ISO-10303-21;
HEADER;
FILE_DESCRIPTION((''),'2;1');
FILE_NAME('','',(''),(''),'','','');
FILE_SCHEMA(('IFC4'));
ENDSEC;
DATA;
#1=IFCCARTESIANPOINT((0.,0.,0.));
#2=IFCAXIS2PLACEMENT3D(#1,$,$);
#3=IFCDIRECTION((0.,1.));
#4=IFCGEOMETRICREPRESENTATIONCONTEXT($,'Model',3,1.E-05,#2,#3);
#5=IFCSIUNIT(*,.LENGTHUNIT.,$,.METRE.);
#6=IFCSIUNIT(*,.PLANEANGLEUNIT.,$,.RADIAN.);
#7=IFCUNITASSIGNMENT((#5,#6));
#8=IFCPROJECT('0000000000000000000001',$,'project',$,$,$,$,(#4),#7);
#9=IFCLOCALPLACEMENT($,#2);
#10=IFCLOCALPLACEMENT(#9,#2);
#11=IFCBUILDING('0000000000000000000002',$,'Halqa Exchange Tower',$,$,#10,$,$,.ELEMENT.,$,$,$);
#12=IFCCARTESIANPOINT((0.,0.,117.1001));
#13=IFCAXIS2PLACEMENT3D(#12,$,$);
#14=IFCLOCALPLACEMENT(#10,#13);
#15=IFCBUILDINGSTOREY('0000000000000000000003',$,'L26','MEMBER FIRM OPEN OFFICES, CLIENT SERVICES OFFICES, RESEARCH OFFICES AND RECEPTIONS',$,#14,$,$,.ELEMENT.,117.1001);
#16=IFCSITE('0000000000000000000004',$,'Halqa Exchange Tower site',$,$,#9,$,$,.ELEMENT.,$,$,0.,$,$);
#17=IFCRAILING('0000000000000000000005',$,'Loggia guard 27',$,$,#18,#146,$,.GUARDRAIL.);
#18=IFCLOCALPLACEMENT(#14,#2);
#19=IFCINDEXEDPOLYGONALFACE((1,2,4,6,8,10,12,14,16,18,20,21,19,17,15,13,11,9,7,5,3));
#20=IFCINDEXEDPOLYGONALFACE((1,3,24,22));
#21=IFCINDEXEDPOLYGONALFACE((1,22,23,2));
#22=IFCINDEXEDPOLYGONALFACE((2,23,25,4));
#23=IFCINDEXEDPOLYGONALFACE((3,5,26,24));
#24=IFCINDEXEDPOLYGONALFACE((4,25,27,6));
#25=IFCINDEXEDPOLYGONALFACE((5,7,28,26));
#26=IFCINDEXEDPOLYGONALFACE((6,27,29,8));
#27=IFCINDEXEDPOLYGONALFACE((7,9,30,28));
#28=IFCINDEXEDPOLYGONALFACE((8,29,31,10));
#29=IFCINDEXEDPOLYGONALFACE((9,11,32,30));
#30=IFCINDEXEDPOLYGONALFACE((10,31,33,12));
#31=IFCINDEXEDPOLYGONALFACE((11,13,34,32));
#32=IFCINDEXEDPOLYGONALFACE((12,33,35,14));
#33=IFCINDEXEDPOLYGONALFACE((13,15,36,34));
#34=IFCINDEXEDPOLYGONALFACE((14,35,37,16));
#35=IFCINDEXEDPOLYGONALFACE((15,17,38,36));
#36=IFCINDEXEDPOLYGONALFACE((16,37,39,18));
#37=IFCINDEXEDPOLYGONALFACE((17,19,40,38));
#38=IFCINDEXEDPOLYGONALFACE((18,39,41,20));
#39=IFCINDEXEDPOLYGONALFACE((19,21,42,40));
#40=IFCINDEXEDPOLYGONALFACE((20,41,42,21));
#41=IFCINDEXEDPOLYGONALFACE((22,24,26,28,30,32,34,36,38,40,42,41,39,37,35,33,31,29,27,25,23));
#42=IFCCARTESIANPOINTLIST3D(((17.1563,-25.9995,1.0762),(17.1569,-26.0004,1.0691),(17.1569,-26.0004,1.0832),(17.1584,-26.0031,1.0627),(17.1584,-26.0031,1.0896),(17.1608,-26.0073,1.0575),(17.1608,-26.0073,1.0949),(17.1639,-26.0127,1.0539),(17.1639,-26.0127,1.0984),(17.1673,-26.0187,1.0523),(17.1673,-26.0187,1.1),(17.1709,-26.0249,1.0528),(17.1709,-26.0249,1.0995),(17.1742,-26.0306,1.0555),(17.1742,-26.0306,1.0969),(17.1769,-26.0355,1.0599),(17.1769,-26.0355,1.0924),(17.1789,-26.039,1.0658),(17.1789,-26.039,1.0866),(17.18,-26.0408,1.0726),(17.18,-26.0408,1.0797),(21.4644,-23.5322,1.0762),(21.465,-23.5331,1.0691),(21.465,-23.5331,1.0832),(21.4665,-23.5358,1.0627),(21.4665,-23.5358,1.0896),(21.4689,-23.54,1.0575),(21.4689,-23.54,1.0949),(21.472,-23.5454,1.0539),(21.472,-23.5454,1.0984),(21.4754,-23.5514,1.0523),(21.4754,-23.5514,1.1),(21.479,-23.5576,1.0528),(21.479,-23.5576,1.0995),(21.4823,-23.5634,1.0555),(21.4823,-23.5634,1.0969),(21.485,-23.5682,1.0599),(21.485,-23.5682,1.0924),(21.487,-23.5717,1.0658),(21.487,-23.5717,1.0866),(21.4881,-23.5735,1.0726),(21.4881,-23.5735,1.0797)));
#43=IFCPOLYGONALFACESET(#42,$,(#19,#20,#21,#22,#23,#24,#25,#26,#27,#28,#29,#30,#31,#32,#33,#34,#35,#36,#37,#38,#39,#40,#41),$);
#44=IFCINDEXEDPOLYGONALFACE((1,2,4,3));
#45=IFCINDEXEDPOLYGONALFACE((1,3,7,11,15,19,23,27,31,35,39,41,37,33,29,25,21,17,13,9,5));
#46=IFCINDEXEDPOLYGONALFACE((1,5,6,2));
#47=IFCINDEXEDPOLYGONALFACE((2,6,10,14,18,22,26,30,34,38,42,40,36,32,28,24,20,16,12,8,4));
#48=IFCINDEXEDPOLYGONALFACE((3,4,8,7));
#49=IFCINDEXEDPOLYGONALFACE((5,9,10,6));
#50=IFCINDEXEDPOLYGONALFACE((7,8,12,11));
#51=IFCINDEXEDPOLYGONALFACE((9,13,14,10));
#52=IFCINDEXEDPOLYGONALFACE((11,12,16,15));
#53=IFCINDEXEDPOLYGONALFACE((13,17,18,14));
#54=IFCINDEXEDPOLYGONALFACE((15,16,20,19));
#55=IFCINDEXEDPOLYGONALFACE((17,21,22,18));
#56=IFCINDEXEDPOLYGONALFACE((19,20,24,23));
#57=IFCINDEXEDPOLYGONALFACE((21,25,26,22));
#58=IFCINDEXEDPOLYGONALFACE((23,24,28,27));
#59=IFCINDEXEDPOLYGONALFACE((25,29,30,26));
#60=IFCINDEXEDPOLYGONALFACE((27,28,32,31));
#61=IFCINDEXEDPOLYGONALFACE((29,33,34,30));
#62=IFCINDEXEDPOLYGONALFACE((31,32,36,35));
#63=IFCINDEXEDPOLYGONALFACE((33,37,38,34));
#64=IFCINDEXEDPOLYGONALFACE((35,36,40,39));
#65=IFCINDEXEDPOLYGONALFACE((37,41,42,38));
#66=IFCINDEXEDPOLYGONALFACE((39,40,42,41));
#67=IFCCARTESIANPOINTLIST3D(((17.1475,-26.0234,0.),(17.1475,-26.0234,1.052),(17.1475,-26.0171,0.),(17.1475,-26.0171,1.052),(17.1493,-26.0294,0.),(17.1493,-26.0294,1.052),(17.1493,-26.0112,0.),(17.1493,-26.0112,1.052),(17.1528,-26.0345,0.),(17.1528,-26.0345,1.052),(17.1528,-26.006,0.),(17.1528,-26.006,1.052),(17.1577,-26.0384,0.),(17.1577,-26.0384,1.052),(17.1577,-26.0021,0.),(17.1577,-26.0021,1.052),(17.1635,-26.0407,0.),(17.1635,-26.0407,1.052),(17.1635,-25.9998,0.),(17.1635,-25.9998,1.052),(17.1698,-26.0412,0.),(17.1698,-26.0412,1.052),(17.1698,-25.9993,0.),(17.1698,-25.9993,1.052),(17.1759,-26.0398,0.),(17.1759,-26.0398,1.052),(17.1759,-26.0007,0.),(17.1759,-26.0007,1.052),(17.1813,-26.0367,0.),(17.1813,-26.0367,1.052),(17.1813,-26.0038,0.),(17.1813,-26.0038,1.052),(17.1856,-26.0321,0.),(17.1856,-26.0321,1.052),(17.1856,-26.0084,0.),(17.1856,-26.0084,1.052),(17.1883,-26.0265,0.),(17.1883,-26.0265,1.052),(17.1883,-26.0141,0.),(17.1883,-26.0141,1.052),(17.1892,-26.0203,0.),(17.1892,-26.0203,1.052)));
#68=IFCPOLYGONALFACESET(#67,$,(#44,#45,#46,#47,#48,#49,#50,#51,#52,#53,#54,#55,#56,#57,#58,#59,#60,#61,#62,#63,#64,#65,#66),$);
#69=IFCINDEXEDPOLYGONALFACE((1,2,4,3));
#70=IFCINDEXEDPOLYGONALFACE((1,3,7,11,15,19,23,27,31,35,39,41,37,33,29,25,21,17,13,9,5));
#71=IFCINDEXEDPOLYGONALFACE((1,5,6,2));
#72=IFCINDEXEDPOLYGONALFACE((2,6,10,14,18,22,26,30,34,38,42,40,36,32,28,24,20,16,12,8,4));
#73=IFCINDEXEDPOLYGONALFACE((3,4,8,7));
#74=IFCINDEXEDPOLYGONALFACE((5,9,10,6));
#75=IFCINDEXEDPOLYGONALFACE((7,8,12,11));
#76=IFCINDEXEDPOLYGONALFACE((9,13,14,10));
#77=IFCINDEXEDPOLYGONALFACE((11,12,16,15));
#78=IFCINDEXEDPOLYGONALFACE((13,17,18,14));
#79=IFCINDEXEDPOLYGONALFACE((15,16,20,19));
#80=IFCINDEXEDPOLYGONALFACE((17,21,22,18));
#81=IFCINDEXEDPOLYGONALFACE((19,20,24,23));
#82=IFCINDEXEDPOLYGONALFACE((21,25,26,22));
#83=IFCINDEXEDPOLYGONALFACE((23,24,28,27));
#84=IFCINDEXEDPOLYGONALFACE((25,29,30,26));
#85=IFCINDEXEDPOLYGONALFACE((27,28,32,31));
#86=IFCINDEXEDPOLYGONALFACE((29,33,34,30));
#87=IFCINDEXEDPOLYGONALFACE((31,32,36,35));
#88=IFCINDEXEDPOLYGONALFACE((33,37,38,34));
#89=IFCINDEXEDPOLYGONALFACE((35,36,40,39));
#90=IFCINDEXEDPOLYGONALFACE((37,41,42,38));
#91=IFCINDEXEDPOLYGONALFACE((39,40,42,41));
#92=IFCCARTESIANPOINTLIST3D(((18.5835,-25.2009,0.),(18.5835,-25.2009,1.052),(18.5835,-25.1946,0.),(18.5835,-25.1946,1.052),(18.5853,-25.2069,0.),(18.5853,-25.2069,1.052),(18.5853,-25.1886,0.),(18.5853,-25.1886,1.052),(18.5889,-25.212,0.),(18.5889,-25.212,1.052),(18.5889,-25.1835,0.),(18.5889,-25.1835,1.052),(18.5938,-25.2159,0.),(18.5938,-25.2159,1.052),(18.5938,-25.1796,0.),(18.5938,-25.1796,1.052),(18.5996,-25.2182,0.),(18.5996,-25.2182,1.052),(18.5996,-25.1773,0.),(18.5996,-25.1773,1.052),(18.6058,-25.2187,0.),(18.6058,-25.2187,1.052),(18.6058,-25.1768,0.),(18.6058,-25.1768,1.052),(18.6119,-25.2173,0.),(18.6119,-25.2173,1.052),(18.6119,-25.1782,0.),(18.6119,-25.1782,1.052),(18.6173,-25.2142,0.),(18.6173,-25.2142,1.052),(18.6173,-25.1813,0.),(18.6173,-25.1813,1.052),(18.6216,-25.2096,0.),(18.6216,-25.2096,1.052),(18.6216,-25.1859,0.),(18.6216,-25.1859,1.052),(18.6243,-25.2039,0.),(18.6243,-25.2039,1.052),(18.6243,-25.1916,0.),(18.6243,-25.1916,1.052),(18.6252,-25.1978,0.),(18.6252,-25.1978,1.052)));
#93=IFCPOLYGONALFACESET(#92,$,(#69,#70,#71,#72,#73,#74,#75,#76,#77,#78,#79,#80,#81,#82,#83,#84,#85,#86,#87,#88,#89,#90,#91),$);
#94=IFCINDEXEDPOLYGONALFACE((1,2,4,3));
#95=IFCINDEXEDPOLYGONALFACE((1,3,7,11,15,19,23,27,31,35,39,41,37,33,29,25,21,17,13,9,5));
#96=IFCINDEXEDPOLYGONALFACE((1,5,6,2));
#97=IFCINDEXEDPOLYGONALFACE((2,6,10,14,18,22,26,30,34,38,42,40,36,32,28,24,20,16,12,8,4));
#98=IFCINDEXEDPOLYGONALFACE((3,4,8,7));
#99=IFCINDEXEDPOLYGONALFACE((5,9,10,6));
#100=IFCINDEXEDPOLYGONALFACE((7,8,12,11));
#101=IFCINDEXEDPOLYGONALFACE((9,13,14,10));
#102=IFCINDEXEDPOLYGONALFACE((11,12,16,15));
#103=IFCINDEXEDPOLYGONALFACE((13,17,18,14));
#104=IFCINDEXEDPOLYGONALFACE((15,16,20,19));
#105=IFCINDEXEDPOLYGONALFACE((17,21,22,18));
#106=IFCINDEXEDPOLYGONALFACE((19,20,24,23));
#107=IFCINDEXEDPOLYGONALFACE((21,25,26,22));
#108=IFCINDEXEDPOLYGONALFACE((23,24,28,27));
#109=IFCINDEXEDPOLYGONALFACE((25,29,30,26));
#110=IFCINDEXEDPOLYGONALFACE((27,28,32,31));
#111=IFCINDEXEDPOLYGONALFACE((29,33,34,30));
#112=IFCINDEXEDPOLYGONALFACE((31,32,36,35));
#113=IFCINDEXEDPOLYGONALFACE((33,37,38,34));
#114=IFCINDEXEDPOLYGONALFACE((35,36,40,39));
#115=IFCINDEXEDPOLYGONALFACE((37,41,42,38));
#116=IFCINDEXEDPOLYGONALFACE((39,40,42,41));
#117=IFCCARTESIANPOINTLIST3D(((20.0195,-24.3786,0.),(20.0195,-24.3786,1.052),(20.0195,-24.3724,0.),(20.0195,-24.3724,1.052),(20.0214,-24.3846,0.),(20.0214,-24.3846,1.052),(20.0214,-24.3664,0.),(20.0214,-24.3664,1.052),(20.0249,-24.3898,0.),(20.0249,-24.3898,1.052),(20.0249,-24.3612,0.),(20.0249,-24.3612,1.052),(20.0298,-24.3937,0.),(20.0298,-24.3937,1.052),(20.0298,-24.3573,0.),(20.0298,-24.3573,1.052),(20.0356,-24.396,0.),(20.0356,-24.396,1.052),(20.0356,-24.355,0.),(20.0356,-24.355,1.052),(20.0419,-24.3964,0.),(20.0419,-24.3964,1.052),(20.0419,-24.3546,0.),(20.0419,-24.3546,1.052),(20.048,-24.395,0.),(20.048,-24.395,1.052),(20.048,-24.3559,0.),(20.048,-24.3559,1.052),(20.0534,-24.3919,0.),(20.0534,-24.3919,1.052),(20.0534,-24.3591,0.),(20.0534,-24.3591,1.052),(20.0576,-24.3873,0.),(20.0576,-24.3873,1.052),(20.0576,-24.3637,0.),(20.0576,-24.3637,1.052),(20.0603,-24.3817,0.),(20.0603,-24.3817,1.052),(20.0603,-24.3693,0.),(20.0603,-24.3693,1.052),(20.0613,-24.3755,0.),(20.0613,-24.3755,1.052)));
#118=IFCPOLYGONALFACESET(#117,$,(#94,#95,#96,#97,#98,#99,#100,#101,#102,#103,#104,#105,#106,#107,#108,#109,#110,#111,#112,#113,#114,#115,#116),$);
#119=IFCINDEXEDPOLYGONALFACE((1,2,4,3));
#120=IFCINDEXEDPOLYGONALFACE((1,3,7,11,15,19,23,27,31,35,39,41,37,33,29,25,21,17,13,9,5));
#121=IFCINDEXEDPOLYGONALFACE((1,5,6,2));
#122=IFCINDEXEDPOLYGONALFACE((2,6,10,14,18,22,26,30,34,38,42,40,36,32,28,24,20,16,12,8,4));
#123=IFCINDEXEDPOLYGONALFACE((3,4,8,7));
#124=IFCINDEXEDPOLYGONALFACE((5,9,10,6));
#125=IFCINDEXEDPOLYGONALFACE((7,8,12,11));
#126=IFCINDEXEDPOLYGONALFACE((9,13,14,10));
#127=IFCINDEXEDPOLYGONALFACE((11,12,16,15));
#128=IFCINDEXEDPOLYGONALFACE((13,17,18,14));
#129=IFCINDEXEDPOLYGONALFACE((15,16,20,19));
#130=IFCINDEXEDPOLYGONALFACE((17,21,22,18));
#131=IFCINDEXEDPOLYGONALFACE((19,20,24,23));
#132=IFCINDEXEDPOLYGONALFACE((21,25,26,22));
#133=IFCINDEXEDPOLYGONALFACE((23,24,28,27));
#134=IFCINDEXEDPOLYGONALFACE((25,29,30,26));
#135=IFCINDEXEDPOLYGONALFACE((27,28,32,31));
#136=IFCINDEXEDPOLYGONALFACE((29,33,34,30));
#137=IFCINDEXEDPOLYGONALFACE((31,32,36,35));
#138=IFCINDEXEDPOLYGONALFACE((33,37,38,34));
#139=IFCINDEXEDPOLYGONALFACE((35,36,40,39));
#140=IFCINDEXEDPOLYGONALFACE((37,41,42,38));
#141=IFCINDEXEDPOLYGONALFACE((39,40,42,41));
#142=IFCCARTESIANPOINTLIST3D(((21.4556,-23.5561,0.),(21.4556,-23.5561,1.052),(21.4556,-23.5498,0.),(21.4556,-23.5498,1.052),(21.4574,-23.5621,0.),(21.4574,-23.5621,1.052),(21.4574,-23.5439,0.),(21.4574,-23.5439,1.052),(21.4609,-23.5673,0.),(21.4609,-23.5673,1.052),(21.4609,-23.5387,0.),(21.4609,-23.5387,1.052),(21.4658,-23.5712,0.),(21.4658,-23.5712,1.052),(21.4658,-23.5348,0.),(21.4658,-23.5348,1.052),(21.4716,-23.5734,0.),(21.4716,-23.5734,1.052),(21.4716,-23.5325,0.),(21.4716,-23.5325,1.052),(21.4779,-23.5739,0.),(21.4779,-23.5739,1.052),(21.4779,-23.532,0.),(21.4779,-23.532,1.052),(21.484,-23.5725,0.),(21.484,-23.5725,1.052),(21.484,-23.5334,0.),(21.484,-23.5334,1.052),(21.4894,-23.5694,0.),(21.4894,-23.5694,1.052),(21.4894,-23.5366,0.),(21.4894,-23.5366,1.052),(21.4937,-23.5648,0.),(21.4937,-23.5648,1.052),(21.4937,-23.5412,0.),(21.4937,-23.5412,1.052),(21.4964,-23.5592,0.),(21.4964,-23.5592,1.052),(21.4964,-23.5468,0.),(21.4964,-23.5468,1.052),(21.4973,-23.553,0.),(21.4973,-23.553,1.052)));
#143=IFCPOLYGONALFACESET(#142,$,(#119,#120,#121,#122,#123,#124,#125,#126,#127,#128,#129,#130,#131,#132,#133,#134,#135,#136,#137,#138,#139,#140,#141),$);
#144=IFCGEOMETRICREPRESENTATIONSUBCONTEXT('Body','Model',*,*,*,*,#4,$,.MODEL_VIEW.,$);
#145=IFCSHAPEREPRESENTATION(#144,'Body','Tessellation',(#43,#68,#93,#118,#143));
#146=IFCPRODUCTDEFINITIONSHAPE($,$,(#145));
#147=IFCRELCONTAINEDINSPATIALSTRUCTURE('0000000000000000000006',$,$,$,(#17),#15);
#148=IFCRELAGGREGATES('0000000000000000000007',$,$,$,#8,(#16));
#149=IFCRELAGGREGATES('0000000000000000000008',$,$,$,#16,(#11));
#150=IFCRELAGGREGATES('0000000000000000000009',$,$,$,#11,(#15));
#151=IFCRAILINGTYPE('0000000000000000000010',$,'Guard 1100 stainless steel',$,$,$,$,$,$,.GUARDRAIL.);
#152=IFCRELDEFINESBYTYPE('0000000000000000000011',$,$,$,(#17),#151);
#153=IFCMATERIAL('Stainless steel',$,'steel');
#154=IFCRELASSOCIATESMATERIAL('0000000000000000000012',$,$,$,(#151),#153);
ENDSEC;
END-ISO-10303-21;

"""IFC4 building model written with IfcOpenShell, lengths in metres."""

from ifc_helpers import new_model, si_unit, direction, frame, origin, origin_2d, place, context, subcontext, project, spatial, circle, extrude, material, type_object, element, save


model = new_model("IFC4")

# Units and contexts
model_context = context("Model", 3, precision=1e-05, world=origin(), true_north=direction((0.0, 1.0)))
body_context = subcontext(model_context, "Body", "Model", "MODEL_VIEW")
ifc_project = project(units=[si_unit("LENGTHUNIT", "METRE"), si_unit("PLANEANGLEUNIT", "RADIAN")], contexts=[model_context])

# Site, building, storey
site_placement = place(None, origin())
site = spatial("IfcSite", under=ifc_project, at=site_placement, Name="Halqa Exchange Tower site", CompositionType="ELEMENT", RefElevation=0.0)
building_placement = place(site_placement, origin())
building = spatial("IfcBuilding", under=site, at=building_placement, Name="Halqa Exchange Tower", CompositionType="ELEMENT")
storey_placement = place(building_placement, frame((0.0, 0.0, 117.1001)))
storey = spatial("IfcBuildingStorey", under=building, at=storey_placement, Name="L26", Description="MEMBER FIRM OPEN OFFICES, CLIENT SERVICES OFFICES, RESEARCH OFFICES AND RECEPTIONS", CompositionType="ELEMENT", Elevation=117.1001)

# Railing
ifc_material_1 = material(Name="Stainless steel", Category="steel")
railing_type = type_object("IfcRailingType", Name="Guard 1100 stainless steel", PredefinedType="GUARDRAIL", material=ifc_material_1)
railing_1_placement = place(storey_placement, frame((17.1682, -26.0203, 0.0)))
element("IfcRailing", 1, at=railing_1_placement, inside=storey, type_object=railing_type, Name="Loggia guard 27", PredefinedType="GUARDRAIL", context=body_context, shape_type="SweptSolid", body=[
    extrude(circle(Radius=0.0239, at=origin_2d()), frame((0.0, 0.0, 1.0762), z_axis=(0.867765, 0.496975, 0.0), x_axis=(-0.496975, 0.867765, 0.0)), (0.0, 0.0, 1.0), 4.9646),
    extrude(circle(Radius=0.021, at=origin_2d()), origin(), (0.0, 0.0, 1.0), 1.052),
    extrude(circle(Radius=0.021, at=origin_2d()), frame((1.436, 0.8225, 0.0)), (0.0, 0.0, 1.0), 1.052),
    extrude(circle(Radius=0.021, at=origin_2d()), frame((2.8721, 1.6448, 0.0)), (0.0, 0.0, 1.0), 1.052),
    extrude(circle(Radius=0.021, at=origin_2d()), frame((4.3081, 2.4673, 0.0)), (0.0, 0.0, 1.0), 1.052),
])

save(model, "model.ifc")
